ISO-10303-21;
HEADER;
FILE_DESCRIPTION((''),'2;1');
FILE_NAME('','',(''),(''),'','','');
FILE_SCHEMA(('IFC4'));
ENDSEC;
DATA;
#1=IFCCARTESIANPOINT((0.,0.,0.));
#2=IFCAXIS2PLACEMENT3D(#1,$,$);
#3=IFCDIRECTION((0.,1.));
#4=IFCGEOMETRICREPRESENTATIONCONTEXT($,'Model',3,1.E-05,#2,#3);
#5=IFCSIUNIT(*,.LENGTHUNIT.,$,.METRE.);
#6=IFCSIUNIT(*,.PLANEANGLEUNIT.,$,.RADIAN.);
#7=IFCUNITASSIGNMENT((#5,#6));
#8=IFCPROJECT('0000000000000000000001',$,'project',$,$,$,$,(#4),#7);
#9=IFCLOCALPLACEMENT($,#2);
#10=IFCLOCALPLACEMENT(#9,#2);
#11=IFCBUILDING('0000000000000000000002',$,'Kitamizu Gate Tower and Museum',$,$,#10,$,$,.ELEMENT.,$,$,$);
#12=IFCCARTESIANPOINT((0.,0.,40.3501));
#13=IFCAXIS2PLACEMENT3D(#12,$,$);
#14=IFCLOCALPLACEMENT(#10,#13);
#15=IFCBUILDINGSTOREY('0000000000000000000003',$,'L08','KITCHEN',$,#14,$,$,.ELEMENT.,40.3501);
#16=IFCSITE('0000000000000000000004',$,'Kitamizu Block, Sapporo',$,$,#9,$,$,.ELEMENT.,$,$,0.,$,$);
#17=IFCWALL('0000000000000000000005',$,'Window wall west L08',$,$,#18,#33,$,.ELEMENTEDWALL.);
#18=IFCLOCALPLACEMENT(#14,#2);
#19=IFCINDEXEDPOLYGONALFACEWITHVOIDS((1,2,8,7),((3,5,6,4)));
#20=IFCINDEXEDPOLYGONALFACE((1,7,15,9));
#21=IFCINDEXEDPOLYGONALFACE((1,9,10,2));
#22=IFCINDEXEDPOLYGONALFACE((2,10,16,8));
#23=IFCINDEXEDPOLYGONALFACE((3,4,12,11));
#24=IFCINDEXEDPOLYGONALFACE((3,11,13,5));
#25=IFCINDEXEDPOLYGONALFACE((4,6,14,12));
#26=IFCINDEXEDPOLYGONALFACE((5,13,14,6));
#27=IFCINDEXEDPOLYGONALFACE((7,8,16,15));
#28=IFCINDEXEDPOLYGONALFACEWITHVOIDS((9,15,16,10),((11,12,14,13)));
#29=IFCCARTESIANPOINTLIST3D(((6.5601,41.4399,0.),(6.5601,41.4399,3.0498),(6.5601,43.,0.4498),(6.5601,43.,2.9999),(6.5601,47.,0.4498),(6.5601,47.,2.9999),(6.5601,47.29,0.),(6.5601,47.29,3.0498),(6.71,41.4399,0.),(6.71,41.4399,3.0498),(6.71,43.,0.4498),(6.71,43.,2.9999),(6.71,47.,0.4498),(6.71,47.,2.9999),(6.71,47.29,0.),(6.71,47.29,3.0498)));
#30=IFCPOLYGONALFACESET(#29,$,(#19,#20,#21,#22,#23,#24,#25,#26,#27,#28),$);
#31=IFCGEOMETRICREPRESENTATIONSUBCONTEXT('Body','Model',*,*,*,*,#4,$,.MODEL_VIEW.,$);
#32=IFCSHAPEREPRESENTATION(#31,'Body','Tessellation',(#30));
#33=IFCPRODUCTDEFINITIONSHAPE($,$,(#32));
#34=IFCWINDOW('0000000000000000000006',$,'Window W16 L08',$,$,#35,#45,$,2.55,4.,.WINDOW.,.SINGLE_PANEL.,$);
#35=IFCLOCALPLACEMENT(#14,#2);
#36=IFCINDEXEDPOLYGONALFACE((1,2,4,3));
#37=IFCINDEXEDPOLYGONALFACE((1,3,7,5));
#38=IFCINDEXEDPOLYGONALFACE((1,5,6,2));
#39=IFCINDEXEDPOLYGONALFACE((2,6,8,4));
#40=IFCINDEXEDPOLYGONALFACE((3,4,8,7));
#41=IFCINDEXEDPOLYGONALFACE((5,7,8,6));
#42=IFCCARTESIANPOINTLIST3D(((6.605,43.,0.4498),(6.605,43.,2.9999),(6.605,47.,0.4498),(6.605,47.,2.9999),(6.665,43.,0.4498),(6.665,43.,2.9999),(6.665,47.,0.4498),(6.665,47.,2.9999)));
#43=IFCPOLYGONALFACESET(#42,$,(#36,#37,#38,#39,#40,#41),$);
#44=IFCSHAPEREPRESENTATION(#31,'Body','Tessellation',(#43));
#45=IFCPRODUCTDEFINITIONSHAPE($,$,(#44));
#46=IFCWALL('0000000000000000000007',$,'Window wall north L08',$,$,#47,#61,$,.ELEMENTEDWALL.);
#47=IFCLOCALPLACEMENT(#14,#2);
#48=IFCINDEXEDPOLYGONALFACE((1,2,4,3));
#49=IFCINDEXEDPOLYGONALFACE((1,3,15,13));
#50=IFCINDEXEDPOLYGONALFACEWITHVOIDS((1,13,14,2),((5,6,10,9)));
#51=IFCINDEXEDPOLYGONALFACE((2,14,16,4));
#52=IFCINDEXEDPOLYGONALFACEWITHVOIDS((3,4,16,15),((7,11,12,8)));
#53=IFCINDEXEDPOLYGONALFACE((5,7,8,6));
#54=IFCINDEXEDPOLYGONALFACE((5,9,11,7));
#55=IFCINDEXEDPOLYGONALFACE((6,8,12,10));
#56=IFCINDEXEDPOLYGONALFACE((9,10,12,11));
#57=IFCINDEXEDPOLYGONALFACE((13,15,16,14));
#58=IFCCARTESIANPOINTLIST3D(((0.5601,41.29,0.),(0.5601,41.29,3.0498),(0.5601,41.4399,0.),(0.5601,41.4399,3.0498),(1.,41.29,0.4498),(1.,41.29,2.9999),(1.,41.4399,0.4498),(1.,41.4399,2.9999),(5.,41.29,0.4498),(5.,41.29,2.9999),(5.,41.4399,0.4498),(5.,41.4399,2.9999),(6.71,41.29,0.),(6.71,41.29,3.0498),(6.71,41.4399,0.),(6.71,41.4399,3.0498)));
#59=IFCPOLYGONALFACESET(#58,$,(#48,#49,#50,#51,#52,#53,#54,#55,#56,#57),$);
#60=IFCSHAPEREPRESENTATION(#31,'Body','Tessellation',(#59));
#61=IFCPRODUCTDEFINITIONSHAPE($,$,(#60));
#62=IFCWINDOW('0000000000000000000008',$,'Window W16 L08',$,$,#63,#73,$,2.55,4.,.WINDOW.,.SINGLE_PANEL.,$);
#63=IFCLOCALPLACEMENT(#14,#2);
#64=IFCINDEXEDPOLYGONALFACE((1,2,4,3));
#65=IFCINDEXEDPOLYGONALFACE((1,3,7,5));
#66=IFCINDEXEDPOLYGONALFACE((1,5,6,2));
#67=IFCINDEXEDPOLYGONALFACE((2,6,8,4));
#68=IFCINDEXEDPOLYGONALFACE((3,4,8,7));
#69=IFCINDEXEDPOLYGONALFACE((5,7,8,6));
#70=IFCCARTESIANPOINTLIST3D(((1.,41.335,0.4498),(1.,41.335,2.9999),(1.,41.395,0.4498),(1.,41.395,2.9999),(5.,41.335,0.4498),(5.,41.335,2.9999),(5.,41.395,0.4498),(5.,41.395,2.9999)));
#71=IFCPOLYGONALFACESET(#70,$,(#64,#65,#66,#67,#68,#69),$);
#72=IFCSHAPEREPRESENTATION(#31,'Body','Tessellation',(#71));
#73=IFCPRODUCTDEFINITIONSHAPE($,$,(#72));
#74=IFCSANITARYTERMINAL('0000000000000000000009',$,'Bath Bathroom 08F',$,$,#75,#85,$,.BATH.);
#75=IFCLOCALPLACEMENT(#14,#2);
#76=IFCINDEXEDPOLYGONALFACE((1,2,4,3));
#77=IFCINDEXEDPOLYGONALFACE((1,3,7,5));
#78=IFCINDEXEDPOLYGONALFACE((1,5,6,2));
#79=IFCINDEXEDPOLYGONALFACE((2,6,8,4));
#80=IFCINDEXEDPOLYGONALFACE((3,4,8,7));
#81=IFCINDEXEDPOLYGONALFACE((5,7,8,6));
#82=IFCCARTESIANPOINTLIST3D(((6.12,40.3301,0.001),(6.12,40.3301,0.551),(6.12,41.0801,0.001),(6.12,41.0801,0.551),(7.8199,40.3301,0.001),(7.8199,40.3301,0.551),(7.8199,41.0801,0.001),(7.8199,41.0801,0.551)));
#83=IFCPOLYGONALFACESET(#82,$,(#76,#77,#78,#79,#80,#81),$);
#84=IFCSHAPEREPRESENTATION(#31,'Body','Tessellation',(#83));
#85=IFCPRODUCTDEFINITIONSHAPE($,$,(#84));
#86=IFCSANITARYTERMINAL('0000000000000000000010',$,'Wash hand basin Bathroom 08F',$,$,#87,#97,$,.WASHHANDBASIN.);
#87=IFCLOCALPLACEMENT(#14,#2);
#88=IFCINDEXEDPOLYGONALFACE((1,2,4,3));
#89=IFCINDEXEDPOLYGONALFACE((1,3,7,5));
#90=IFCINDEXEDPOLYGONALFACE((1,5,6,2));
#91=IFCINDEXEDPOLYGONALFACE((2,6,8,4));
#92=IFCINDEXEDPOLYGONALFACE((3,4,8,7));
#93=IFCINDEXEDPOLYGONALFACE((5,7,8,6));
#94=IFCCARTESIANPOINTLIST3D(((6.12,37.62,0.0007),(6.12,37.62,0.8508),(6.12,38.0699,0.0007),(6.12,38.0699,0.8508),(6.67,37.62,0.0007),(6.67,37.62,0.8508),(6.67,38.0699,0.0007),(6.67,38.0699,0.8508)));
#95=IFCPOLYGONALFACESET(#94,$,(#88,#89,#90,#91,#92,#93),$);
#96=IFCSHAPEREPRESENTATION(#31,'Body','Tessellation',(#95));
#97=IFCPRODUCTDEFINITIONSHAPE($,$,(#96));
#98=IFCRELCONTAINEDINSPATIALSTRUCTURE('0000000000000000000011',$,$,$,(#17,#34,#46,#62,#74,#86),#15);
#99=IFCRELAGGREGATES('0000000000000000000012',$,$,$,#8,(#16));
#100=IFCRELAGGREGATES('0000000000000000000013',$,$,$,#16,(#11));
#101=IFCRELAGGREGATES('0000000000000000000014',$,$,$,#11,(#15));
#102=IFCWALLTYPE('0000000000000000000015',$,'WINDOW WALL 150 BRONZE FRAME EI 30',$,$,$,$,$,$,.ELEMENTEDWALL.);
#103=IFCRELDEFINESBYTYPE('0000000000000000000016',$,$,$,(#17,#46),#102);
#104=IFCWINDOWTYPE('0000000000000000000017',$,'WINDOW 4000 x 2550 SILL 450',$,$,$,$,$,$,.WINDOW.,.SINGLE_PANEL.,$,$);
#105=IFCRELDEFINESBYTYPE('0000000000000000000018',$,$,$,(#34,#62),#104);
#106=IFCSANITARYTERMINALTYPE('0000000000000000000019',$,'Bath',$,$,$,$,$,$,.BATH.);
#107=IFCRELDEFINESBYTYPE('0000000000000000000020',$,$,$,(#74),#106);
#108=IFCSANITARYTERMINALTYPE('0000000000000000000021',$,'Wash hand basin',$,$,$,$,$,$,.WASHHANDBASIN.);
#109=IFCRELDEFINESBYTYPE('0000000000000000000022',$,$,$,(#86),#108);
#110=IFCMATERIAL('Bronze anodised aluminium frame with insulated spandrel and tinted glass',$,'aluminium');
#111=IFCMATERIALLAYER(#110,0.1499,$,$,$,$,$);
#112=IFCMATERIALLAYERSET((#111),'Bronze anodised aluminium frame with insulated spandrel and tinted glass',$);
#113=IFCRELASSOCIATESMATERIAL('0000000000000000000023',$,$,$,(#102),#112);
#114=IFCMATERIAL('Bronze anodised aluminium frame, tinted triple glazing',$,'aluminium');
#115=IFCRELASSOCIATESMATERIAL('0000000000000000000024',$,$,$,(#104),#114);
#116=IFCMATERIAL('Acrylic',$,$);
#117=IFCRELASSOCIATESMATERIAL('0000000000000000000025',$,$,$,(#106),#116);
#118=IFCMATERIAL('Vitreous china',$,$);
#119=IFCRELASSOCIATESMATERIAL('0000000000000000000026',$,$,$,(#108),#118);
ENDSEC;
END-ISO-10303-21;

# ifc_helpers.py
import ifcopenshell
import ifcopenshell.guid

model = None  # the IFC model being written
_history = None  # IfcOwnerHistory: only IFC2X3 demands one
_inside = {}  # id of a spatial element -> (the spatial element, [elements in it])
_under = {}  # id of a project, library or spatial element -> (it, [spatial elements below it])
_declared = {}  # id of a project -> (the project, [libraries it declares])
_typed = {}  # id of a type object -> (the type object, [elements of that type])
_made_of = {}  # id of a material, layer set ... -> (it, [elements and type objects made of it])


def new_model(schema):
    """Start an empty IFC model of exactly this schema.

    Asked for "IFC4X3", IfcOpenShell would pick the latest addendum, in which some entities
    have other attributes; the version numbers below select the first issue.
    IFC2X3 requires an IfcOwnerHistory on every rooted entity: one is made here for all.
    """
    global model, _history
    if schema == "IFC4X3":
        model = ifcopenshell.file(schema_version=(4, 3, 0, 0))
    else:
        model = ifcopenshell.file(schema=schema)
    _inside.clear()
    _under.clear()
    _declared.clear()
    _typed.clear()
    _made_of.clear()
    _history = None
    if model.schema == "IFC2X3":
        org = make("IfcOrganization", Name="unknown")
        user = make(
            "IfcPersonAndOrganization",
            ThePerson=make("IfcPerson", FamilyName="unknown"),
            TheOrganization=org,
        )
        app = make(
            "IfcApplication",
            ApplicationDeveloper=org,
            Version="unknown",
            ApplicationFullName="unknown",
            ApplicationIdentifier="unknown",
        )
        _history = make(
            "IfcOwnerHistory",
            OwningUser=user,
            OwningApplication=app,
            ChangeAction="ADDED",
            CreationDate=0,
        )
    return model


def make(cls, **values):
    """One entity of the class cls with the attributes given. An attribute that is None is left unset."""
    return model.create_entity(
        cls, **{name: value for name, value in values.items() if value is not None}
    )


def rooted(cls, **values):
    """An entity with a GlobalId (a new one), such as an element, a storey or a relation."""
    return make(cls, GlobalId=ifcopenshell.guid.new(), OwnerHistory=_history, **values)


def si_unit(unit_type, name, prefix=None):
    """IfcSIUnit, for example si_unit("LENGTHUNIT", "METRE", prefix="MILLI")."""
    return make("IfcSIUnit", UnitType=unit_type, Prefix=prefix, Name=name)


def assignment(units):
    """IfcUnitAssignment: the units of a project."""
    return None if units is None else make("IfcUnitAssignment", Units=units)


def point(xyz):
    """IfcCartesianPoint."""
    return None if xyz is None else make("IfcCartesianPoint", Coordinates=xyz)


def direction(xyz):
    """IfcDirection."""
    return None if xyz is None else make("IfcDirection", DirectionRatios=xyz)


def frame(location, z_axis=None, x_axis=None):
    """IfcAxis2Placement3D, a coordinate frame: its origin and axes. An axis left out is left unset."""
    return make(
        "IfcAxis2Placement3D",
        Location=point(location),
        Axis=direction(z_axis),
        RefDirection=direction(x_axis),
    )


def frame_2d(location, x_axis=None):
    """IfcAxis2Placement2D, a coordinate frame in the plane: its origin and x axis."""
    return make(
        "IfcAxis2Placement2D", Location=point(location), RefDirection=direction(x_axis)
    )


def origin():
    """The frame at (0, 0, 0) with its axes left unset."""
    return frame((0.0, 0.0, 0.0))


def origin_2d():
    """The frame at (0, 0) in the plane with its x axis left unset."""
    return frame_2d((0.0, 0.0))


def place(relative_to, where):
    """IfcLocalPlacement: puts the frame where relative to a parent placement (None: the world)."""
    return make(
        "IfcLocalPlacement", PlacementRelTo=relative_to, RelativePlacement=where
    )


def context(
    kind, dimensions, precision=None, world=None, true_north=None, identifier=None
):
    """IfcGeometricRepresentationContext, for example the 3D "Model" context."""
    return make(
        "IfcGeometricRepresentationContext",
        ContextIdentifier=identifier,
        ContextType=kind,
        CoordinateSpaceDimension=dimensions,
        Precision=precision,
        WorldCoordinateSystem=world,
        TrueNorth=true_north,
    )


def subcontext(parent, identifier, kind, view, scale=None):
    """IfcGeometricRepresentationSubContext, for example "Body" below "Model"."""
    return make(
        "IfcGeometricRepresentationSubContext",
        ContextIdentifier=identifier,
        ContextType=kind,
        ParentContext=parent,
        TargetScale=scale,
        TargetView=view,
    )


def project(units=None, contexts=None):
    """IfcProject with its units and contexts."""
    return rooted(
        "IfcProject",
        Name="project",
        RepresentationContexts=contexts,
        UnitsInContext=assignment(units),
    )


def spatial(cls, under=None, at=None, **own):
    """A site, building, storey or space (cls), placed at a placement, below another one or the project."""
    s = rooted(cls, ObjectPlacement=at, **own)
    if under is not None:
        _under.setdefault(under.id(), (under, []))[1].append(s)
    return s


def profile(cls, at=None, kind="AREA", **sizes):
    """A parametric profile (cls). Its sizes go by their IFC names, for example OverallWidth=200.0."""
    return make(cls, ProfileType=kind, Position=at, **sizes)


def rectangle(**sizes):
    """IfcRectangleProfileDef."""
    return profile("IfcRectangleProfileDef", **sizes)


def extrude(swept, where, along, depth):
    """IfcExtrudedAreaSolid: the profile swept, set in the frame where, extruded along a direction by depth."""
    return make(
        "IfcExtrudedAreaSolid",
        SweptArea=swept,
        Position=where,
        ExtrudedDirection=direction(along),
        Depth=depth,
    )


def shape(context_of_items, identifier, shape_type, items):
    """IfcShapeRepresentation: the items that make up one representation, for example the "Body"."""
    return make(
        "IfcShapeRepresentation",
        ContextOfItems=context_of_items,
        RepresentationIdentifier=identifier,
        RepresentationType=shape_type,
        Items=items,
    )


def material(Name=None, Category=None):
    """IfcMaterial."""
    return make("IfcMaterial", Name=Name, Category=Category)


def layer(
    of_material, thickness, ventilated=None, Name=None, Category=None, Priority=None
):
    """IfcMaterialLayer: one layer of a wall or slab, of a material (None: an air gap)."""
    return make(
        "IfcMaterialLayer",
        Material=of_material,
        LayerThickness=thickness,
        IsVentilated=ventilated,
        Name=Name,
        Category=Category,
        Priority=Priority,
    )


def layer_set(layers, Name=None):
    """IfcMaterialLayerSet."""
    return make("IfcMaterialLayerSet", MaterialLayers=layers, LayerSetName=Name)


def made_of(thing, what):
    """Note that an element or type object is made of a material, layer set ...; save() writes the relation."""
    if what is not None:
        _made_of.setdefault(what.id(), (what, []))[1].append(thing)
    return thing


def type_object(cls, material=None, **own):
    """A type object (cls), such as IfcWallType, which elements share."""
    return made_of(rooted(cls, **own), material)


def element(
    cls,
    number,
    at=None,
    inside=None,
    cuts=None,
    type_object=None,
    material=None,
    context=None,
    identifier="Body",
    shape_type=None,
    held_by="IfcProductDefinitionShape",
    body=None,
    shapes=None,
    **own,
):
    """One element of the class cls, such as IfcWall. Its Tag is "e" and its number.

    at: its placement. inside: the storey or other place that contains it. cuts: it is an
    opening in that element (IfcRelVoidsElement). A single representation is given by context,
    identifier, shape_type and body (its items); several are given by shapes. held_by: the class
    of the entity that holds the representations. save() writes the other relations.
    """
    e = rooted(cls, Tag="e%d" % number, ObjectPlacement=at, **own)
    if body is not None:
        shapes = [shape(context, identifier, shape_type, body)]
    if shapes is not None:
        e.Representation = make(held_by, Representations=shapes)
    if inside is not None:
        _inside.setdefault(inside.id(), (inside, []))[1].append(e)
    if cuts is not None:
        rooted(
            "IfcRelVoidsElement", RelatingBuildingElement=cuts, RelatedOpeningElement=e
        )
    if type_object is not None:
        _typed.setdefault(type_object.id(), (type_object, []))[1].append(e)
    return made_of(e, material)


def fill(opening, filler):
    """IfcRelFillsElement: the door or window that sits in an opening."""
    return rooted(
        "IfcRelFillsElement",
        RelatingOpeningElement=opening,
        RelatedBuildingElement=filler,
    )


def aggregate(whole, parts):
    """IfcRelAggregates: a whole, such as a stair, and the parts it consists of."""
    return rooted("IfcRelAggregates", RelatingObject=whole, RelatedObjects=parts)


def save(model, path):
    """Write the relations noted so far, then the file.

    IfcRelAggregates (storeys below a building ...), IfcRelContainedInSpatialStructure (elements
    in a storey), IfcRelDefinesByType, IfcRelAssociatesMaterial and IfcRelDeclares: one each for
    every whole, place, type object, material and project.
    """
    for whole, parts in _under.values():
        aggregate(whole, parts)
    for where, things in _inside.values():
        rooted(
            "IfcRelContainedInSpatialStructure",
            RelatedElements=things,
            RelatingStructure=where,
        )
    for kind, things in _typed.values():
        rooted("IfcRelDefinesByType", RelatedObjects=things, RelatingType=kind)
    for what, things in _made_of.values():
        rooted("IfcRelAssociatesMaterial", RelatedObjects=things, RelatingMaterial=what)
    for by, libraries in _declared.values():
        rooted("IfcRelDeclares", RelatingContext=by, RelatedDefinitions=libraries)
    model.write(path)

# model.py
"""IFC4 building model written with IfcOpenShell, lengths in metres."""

from ifc_helpers import new_model, si_unit, direction, frame, frame_2d, origin, origin_2d, place, context, subcontext, project, spatial, rectangle, extrude, material, layer, layer_set, type_object, element, fill, save


model = new_model("IFC4")

# Units and contexts
model_context = context("Model", 3, precision=1e-05, world=origin(), true_north=direction((0.0, 1.0)))
body_context = subcontext(model_context, "Body", "Model", "MODEL_VIEW")
ifc_project = project(units=[si_unit("LENGTHUNIT", "METRE"), si_unit("PLANEANGLEUNIT", "RADIAN")], contexts=[model_context])

# Site, building, storey
site_placement = place(None, origin())
site = spatial("IfcSite", under=ifc_project, at=site_placement, Name="Kitamizu Block, Sapporo", CompositionType="ELEMENT", RefElevation=0.0)
building_placement = place(site_placement, origin())
building = spatial("IfcBuilding", under=site, at=building_placement, Name="Kitamizu Gate Tower and Museum", CompositionType="ELEMENT")
storey_placement = place(building_placement, frame((0.0, 0.0, 40.3501)))
storey = spatial("IfcBuildingStorey", under=building, at=storey_placement, Name="L08", Description="KITCHEN", CompositionType="ELEMENT", Elevation=40.3501)

# Shared definitions
ifc_material_1 = material(Name="Bronze anodised aluminium frame with insulated spandrel and tinted glass", Category="aluminium")
ifc_layer_1 = layer(ifc_material_1, 0.1499)
ifc_layer_set_1 = layer_set([ifc_layer_1], Name="Bronze anodised aluminium frame with insulated spandrel and tinted glass")
wall_type_1 = type_object("IfcWallType", Name="WINDOW WALL 150 BRONZE FRAME EI 30", PredefinedType="ELEMENTEDWALL", material=ifc_layer_set_1)

# Walls, openings, windows
wall_1_placement = place(storey_placement, frame((6.635, 41.4399, 0.0), z_axis=(0.0, 0.0, 1.0), x_axis=(0.0, 1.0, 0.0)))
wall_1 = element("IfcWall", 1, at=wall_1_placement, inside=storey, type_object=wall_type_1, Name="Window wall west L08", PredefinedType="ELEMENTEDWALL", context=body_context, shape_type="SweptSolid", body=[
    extrude(rectangle(XDim=5.8501, YDim=0.1499, at=frame_2d((2.925, 0.0))), origin(), (0.0, 0.0, 1.0), 3.0498),
])
opening_1_placement = place(wall_1_placement, frame((1.5601, 0.0, 0.45)))
opening_1 = element("IfcOpeningElement", 2, at=opening_1_placement, cuts=wall_1, PredefinedType="OPENING", context=body_context, shape_type="SweptSolid", body=[
    extrude(rectangle(XDim=4.0, YDim=2.55, at=frame_2d((2.0, 1.2749))), frame((0.0, 0.085, 0.0), z_axis=(0.0, -1.0, 0.0), x_axis=(1.0, 0.0, 0.0)), (0.0, 0.0, 1.0), 0.1699),
])
ifc_material_2 = material(Name="Bronze anodised aluminium frame, tinted triple glazing", Category="aluminium")
window_type_1 = type_object("IfcWindowType", Name="WINDOW 4000 x 2550 SILL 450", PartitioningType="SINGLE_PANEL", PredefinedType="WINDOW", material=ifc_material_2)
window_1_placement = place(opening_1_placement, origin())
window_1 = element("IfcWindow", 3, at=window_1_placement, inside=storey, type_object=window_type_1, Name="Window W16 L08", OverallHeight=2.55, OverallWidth=4.0, PartitioningType="SINGLE_PANEL", PredefinedType="WINDOW", context=body_context, shape_type="SweptSolid", body=[
    extrude(rectangle(XDim=4.0, YDim=2.55, at=frame_2d((2.0, 1.2749))), frame((0.0, 0.03, 0.0), z_axis=(0.0, -1.0, 0.0), x_axis=(1.0, 0.0, 0.0)), (0.0, 0.0, 1.0), 0.0601),
])
fill(opening_1, window_1)
wall_2_placement = place(storey_placement, frame((0.5601, 41.365, 0.0), z_axis=(0.0, 0.0, 1.0), x_axis=(1.0, 0.0, 0.0)))
wall_2 = element("IfcWall", 4, at=wall_2_placement, inside=storey, type_object=wall_type_1, Name="Window wall north L08", PredefinedType="ELEMENTEDWALL", context=body_context, shape_type="SweptSolid", body=[
    extrude(rectangle(XDim=6.1499, YDim=0.1499, at=frame_2d((3.075, 0.0))), origin(), (0.0, 0.0, 1.0), 3.0498),
])
opening_2_placement = place(wall_2_placement, frame((0.4399, 0.0, 0.45)))
opening_2 = element("IfcOpeningElement", 5, at=opening_2_placement, cuts=wall_2, PredefinedType="OPENING", context=body_context, shape_type="SweptSolid", body=[
    extrude(rectangle(XDim=4.0, YDim=2.55, at=frame_2d((2.0, 1.2749))), frame((0.0, 0.085, 0.0), z_axis=(0.0, -1.0, 0.0), x_axis=(1.0, 0.0, 0.0)), (0.0, 0.0, 1.0), 0.1699),
])
window_2_placement = place(opening_2_placement, origin())
window_2 = element("IfcWindow", 6, at=window_2_placement, inside=storey, type_object=window_type_1, Name="Window W16 L08", OverallHeight=2.55, OverallWidth=4.0, PartitioningType="SINGLE_PANEL", PredefinedType="WINDOW", context=body_context, shape_type="SweptSolid", body=[
    extrude(rectangle(XDim=4.0, YDim=2.55, at=frame_2d((2.0, 1.2749))), frame((0.0, 0.03, 0.0), z_axis=(0.0, -1.0, 0.0), x_axis=(1.0, 0.0, 0.0)), (0.0, 0.0, 1.0), 0.0601),
])
fill(opening_2, window_2)

# Sanitary terminals
ifc_material_3 = material(Name="Acrylic")
sanitary_terminal_type_1 = type_object("IfcSanitaryTerminalType", Name="Bath", PredefinedType="BATH", material=ifc_material_3)
sanitary_terminal_1_placement = place(storey_placement, frame((6.97, 40.7051, 0.001), z_axis=(0.0, 0.0, 1.0), x_axis=(1.0, 0.0, 0.0)))
element("IfcSanitaryTerminal", 7, at=sanitary_terminal_1_placement, inside=storey, type_object=sanitary_terminal_type_1, Name="Bath Bathroom 08F", PredefinedType="BATH", context=body_context, shape_type="SweptSolid", body=[
    extrude(rectangle(XDim=1.7, YDim=0.75, at=origin_2d()), origin(), (0.0, 0.0, 1.0), 0.55),
])
ifc_material_4 = material(Name="Vitreous china")
sanitary_terminal_type_2 = type_object("IfcSanitaryTerminalType", Name="Wash hand basin", PredefinedType="WASHHANDBASIN", material=ifc_material_4)
sanitary_terminal_2_placement = place(storey_placement, frame((6.395, 37.845, 0.0007), z_axis=(0.0, 0.0, 1.0), x_axis=(1.0, 0.0, 0.0)))
element("IfcSanitaryTerminal", 8, at=sanitary_terminal_2_placement, inside=storey, type_object=sanitary_terminal_type_2, Name="Wash hand basin Bathroom 08F", PredefinedType="WASHHANDBASIN", context=body_context, shape_type="SweptSolid", body=[
    extrude(rectangle(XDim=0.55, YDim=0.45, at=origin_2d()), origin(), (0.0, 0.0, 1.0), 0.8501),
])

save(model, "model.ifc")
